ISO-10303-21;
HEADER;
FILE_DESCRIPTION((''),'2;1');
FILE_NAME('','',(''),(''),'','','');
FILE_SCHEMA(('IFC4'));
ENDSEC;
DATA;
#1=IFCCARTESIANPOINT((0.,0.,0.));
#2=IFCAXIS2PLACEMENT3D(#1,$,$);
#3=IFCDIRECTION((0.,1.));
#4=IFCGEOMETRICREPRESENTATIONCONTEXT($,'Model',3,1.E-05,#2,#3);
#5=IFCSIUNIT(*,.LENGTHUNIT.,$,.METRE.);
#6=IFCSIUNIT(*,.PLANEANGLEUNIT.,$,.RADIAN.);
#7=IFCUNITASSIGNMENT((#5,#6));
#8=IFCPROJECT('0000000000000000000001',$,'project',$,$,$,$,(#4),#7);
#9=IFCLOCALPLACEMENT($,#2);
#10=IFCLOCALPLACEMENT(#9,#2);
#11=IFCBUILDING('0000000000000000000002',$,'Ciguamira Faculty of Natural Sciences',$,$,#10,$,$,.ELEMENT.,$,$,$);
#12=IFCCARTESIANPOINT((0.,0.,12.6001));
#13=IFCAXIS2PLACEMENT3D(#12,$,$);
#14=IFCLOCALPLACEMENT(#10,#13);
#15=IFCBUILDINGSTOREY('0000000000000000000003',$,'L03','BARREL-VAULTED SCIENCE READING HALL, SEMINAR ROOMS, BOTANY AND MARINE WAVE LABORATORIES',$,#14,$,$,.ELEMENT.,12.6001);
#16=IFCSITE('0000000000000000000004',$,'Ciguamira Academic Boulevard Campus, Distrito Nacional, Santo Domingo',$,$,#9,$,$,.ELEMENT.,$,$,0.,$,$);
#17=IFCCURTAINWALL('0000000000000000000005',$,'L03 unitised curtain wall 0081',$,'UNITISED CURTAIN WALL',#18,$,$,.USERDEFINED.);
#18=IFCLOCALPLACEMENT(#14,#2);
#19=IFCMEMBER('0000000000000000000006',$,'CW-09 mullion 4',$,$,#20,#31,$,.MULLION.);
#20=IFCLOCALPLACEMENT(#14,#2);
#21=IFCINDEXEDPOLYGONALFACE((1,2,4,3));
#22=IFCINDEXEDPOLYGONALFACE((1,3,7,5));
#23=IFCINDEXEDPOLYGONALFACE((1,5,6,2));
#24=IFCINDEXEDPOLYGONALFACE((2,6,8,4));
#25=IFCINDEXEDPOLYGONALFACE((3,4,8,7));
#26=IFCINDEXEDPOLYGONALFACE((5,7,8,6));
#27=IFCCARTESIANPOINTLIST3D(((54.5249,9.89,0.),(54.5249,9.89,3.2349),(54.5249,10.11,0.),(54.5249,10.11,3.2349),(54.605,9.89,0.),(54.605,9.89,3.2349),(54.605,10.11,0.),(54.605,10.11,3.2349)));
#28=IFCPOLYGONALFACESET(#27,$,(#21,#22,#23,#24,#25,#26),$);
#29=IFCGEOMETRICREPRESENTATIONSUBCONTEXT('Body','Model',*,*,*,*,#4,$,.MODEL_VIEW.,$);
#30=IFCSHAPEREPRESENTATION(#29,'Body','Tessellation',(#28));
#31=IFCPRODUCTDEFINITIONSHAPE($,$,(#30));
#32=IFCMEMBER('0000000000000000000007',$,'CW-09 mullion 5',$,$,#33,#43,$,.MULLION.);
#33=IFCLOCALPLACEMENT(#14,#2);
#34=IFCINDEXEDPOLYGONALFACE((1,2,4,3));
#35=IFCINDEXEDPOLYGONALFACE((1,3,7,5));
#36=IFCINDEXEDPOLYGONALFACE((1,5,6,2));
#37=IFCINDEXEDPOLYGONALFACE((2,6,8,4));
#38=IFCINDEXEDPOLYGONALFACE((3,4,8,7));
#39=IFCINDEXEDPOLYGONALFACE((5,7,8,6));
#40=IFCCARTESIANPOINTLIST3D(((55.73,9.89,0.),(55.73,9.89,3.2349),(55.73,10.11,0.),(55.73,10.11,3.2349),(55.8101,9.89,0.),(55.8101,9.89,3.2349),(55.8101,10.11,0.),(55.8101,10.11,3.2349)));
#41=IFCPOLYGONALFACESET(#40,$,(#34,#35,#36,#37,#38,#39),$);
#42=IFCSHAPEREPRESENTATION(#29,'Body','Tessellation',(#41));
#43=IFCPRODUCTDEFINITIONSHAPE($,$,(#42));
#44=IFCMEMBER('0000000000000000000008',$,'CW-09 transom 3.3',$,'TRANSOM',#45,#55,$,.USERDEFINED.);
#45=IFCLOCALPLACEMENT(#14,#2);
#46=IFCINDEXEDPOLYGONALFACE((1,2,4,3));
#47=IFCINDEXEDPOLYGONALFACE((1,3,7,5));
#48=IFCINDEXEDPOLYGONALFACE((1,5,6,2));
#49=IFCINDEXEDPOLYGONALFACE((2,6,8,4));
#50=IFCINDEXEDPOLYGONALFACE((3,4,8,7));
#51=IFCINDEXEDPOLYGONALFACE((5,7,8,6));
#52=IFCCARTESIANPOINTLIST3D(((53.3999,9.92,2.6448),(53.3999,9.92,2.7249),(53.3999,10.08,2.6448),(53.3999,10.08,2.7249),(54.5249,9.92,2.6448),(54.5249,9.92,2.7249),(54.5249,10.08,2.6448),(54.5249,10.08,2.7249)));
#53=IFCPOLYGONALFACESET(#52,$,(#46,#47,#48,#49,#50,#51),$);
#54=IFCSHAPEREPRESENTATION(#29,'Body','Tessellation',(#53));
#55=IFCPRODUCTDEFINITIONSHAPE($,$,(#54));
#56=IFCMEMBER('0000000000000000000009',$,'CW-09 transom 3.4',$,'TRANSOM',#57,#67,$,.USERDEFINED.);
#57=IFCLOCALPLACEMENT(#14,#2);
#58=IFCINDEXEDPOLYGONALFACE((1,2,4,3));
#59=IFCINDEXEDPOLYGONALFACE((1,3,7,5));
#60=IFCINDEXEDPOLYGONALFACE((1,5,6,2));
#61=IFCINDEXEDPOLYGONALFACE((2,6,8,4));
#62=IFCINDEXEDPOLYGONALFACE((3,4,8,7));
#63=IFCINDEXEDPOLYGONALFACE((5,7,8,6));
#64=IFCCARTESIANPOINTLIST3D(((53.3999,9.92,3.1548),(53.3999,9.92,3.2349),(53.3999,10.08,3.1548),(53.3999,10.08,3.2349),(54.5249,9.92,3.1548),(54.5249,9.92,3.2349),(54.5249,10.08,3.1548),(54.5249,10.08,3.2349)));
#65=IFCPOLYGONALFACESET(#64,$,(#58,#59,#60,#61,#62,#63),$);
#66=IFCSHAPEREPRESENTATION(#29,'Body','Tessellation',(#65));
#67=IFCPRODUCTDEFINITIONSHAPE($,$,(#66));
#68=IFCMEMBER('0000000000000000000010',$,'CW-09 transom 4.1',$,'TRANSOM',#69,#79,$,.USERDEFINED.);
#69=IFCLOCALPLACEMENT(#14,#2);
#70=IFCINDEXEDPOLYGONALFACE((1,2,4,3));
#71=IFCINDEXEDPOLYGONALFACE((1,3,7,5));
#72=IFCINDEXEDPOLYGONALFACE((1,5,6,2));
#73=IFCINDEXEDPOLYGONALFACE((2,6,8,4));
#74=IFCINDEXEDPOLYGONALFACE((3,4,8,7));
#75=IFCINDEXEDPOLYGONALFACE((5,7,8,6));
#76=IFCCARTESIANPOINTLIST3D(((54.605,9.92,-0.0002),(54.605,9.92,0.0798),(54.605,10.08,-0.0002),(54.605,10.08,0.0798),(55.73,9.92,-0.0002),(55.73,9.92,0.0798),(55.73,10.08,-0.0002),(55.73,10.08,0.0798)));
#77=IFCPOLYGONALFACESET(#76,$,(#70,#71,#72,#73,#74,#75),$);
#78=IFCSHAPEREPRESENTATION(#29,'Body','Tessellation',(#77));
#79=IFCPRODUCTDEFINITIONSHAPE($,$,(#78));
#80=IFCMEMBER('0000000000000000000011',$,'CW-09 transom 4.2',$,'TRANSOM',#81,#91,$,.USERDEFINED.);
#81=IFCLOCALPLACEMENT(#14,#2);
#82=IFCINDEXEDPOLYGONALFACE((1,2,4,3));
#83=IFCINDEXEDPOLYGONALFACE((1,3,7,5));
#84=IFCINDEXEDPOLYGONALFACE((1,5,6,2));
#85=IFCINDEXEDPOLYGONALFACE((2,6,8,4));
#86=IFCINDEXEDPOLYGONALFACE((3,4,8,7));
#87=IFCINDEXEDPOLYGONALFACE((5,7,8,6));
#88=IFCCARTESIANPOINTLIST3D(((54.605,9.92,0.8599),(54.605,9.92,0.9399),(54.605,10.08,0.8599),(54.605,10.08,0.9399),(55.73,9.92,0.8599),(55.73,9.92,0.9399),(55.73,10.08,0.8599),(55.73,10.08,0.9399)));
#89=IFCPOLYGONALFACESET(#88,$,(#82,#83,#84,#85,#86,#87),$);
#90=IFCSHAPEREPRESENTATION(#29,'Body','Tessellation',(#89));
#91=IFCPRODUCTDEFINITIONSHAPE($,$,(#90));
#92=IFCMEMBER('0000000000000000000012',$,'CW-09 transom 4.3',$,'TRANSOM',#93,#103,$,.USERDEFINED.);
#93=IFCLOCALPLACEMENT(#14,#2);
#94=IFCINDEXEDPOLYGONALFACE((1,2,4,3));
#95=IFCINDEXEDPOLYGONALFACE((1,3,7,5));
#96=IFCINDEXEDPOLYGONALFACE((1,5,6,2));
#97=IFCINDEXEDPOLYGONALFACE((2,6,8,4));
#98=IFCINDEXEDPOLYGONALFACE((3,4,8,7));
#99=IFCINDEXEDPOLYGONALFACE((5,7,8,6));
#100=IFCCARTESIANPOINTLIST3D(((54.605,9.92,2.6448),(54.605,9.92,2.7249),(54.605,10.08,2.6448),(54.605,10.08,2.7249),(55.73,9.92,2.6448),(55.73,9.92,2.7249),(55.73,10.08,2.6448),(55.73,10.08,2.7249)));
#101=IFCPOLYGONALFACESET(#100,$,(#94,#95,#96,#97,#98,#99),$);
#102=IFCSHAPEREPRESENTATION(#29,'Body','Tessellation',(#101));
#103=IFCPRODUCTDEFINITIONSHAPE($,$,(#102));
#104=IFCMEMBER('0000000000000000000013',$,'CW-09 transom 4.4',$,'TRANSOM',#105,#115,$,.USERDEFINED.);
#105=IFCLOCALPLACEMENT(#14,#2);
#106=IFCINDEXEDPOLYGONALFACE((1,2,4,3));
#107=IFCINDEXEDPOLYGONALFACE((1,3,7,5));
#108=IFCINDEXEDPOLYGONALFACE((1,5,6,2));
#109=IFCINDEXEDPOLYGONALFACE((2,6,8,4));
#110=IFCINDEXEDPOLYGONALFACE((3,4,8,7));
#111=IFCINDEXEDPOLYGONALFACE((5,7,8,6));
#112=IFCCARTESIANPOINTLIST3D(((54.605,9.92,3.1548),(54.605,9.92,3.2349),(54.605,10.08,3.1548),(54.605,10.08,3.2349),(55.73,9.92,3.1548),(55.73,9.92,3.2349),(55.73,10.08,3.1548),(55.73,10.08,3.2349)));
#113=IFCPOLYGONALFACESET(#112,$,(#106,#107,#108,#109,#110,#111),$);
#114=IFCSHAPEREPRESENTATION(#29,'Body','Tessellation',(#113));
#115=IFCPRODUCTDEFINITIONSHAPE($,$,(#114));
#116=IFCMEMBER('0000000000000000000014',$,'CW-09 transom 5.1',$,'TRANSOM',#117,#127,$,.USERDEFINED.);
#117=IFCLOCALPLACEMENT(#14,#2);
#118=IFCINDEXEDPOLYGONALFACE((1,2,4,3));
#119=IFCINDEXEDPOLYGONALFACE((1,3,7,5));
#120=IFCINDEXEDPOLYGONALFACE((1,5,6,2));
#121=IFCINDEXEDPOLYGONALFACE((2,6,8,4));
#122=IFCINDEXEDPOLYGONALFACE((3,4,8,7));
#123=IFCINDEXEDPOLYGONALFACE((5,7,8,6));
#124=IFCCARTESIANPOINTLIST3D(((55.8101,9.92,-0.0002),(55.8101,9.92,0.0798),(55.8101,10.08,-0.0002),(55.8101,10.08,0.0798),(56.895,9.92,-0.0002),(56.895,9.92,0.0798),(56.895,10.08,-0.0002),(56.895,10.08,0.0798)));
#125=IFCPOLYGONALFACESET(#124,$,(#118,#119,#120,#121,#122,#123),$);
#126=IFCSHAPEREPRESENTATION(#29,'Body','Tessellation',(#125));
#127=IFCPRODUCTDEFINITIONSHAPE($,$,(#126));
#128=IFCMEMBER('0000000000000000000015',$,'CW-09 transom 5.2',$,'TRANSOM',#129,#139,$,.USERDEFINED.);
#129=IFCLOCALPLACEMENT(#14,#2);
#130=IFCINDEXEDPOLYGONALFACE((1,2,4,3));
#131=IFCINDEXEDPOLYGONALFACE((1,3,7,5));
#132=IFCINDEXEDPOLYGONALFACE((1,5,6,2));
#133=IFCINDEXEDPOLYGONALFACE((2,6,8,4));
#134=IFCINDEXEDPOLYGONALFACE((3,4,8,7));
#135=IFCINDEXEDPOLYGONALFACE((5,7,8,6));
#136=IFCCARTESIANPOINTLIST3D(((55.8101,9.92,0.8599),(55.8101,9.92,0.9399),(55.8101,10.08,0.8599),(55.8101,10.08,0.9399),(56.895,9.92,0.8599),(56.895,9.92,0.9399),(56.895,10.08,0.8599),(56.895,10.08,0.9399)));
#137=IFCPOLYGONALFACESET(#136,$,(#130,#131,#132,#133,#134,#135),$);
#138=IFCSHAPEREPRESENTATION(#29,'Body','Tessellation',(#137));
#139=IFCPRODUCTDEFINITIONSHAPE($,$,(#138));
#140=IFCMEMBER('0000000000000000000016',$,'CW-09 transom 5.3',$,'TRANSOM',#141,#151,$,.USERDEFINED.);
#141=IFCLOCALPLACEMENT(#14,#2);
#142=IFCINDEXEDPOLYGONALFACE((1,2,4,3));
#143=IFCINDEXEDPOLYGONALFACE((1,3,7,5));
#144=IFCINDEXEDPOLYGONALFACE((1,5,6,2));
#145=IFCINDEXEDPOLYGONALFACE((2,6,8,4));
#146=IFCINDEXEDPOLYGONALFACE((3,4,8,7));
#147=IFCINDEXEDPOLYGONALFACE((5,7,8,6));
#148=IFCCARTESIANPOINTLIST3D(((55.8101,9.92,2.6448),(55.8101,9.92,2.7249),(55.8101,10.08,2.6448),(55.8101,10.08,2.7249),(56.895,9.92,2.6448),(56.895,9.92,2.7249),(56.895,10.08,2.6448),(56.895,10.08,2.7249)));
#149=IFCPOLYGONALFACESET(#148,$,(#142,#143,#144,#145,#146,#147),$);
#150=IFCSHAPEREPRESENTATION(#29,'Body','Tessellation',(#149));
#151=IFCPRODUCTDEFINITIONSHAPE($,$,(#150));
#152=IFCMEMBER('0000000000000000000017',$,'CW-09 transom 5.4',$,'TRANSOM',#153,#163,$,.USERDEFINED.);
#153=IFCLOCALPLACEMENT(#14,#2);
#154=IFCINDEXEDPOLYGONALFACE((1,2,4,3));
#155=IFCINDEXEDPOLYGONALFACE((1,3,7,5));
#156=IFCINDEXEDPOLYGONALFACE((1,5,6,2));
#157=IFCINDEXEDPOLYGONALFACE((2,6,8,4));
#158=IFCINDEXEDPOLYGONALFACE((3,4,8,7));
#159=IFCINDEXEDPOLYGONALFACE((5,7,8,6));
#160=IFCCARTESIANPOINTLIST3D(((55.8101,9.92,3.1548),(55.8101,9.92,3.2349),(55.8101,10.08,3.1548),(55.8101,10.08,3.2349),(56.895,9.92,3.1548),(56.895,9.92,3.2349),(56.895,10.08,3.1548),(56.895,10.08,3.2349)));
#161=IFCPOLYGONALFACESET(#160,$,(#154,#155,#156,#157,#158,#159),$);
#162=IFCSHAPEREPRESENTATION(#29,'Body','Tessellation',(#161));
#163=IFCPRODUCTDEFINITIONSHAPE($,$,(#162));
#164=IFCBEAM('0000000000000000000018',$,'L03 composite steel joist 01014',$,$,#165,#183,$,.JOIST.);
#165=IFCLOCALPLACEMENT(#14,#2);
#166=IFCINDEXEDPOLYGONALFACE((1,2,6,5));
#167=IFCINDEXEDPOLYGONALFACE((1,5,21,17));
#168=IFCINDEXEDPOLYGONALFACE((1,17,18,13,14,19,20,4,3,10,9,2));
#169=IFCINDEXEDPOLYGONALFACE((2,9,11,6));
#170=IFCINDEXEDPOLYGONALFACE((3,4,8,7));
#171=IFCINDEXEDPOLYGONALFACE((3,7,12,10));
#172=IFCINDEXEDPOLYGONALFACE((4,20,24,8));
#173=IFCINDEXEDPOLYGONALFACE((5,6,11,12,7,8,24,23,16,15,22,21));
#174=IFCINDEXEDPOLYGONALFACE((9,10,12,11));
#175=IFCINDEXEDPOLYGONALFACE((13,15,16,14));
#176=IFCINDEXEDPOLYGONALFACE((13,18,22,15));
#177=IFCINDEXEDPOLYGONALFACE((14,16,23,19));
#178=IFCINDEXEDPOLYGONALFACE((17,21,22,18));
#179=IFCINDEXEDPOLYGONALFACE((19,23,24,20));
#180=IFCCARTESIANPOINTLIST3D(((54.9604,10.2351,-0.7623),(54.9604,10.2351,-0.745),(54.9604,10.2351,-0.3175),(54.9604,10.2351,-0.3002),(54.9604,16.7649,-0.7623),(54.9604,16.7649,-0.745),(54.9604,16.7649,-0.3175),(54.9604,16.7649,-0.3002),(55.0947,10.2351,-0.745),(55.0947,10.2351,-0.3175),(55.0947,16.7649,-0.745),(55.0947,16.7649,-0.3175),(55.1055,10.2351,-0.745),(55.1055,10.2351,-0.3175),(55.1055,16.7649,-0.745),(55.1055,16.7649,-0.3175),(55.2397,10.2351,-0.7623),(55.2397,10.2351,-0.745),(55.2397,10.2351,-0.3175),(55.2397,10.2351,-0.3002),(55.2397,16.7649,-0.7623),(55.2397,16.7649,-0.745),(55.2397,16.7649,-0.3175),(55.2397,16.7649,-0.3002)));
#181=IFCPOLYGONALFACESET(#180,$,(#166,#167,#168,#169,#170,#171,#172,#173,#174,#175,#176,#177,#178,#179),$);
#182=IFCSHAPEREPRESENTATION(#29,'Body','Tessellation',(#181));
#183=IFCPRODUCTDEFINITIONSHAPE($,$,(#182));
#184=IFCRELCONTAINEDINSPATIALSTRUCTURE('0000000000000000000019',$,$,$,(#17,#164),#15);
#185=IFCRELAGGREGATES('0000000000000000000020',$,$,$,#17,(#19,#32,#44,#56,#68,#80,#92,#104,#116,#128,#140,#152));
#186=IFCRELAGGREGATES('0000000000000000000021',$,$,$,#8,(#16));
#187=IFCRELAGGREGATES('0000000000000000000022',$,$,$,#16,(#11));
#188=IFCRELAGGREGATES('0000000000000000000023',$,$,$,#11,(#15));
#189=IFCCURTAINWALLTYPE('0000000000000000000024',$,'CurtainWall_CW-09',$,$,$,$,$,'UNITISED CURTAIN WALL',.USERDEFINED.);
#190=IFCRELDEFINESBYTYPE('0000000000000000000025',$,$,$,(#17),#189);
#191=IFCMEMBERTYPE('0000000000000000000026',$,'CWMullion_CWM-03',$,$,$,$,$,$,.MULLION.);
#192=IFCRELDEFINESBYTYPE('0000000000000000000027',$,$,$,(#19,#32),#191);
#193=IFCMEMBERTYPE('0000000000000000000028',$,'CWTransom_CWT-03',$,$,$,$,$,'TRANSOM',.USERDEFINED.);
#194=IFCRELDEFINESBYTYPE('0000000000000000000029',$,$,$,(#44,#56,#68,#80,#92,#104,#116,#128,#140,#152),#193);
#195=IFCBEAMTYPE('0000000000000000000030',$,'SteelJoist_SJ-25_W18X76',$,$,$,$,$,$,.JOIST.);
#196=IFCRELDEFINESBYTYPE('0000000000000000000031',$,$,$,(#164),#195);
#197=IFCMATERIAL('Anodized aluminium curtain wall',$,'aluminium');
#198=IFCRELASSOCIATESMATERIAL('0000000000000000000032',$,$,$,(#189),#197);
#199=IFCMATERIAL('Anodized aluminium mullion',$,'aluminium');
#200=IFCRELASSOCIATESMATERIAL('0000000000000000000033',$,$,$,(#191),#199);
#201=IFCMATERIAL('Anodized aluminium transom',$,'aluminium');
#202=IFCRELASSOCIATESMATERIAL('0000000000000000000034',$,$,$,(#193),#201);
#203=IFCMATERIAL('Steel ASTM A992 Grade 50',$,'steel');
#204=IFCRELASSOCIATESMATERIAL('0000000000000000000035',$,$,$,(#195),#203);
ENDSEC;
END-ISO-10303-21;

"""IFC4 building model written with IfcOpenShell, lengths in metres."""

from ifc_helpers import new_model, si_unit, direction, frame, origin, origin_2d, place, context, subcontext, project, spatial, rectangle, i_section, extrude, material, material_profile, profile_set, type_object, element, aggregate, save


model = new_model("IFC4")

# Units and contexts
model_context = context("Model", 3, precision=1e-05, world=origin(), true_north=direction((0.0, 1.0)))
body_context = subcontext(model_context, "Body", "Model", "MODEL_VIEW")
ifc_project = project(units=[si_unit("LENGTHUNIT", "METRE"), si_unit("PLANEANGLEUNIT", "RADIAN")], contexts=[model_context])

# Site, building, storey
site_placement = place(None, origin())
site = spatial("IfcSite", under=ifc_project, at=site_placement, Name="Ciguamira Academic Boulevard Campus, Distrito Nacional, Santo Domingo", CompositionType="ELEMENT", RefElevation=0.0)
building_placement = place(site_placement, origin())
building = spatial("IfcBuilding", under=site, at=building_placement, Name="Ciguamira Faculty of Natural Sciences", CompositionType="ELEMENT")
storey_placement = place(building_placement, frame((0.0, 0.0, 12.6001)))
storey = spatial("IfcBuildingStorey", under=building, at=storey_placement, Name="L03", Description="BARREL-VAULTED SCIENCE READING HALL, SEMINAR ROOMS, BOTANY AND MARINE WAVE LABORATORIES", CompositionType="ELEMENT", Elevation=12.6001)

# Curtain wall, members
ifc_material_1 = material(Name="Anodized aluminium curtain wall", Category="aluminium")
curtain_wall_type = type_object("IfcCurtainWallType", Name="CurtainWall_CW-09", ElementType="UNITISED CURTAIN WALL", PredefinedType="USERDEFINED", material=ifc_material_1)
curtain_wall_placement = place(storey_placement, origin())
curtain_wall = element("IfcCurtainWall", 1, at=curtain_wall_placement, inside=storey, type_object=curtain_wall_type, Name="L03 unitised curtain wall 0081", ObjectType="UNITISED CURTAIN WALL", PredefinedType="USERDEFINED")
ifc_material_2 = material(Name="Anodized aluminium mullion", Category="aluminium")
ifc_material_profile_1 = material_profile(ifc_material_2, rectangle(XDim=0.0801, YDim=0.22, at=origin_2d()), Name="ALU-MUL-80X220")
ifc_profile_set_1 = profile_set([ifc_material_profile_1], Name="Anodized aluminium mullion")
member_type_1 = type_object("IfcMemberType", Name="CWMullion_CWM-03", PredefinedType="MULLION", material=ifc_profile_set_1)
member_1_placement = place(storey_placement, frame((54.5649, 10.0, 0.0), z_axis=(0.0, 0.0, 1.0), x_axis=(1.0, 0.0, 0.0)))
member_1 = element("IfcMember", 2, at=member_1_placement, type_object=member_type_1, Name="CW-09 mullion 4", PredefinedType="MULLION", context=body_context, shape_type="SweptSolid", body=[
    extrude(rectangle(XDim=0.0801, YDim=0.22, at=origin_2d()), origin(), (0.0, 0.0, 1.0), 3.2349),
])
member_2_placement = place(storey_placement, frame((55.77, 10.0, 0.0), z_axis=(0.0, 0.0, 1.0), x_axis=(1.0, 0.0, 0.0)))
member_2 = element("IfcMember", 3, at=member_2_placement, type_object=member_type_1, Name="CW-09 mullion 5", PredefinedType="MULLION", context=body_context, shape_type="SweptSolid", body=[
    extrude(rectangle(XDim=0.0801, YDim=0.22, at=origin_2d()), origin(), (0.0, 0.0, 1.0), 3.2349),
])
ifc_material_3 = material(Name="Anodized aluminium transom", Category="aluminium")
ifc_material_profile_2 = material_profile(ifc_material_3, rectangle(XDim=0.0801, YDim=0.1599, at=origin_2d()), Name="ALU-TRN-80X160")
ifc_profile_set_2 = profile_set([ifc_material_profile_2], Name="Anodized aluminium transom")
member_type_2 = type_object("IfcMemberType", Name="CWTransom_CWT-03", ElementType="TRANSOM", PredefinedType="USERDEFINED", material=ifc_profile_set_2)
member_3_placement = place(storey_placement, frame((53.3999, 10.0, 2.6848), z_axis=(1.0, 0.0, 0.0), x_axis=(0.0, 0.0, 1.0)))
member_3 = element("IfcMember", 4, at=member_3_placement, type_object=member_type_2, Name="CW-09 transom 3.3", ObjectType="TRANSOM", PredefinedType="USERDEFINED", context=body_context, shape_type="SweptSolid", body=[
    extrude(rectangle(XDim=0.0801, YDim=0.1599, at=origin_2d()), origin(), (0.0, 0.0, 1.0), 1.125),
])
member_4_placement = place(storey_placement, frame((53.3999, 10.0, 3.1948), z_axis=(1.0, 0.0, 0.0), x_axis=(0.0, 0.0, 1.0)))
member_4 = element("IfcMember", 5, at=member_4_placement, type_object=member_type_2, Name="CW-09 transom 3.4", ObjectType="TRANSOM", PredefinedType="USERDEFINED", context=body_context, shape_type="SweptSolid", body=[
    extrude(rectangle(XDim=0.0801, YDim=0.1599, at=origin_2d()), origin(), (0.0, 0.0, 1.0), 1.125),
])
member_5_placement = place(storey_placement, frame((54.605, 10.0, 0.0398), z_axis=(1.0, 0.0, 0.0), x_axis=(0.0, 0.0, 1.0)))
member_5 = element("IfcMember", 6, at=member_5_placement, type_object=member_type_2, Name="CW-09 transom 4.1", ObjectType="TRANSOM", PredefinedType="USERDEFINED", context=body_context, shape_type="SweptSolid", body=[
    extrude(rectangle(XDim=0.0801, YDim=0.1599, at=origin_2d()), origin(), (0.0, 0.0, 1.0), 1.125),
])
member_6_placement = place(storey_placement, frame((54.605, 10.0, 0.8999), z_axis=(1.0, 0.0, 0.0), x_axis=(0.0, 0.0, 1.0)))
member_6 = element("IfcMember", 7, at=member_6_placement, type_object=member_type_2, Name="CW-09 transom 4.2", ObjectType="TRANSOM", PredefinedType="USERDEFINED", context=body_context, shape_type="SweptSolid", body=[
    extrude(rectangle(XDim=0.0801, YDim=0.1599, at=origin_2d()), origin(), (0.0, 0.0, 1.0), 1.125),
])
member_7_placement = place(storey_placement, frame((54.605, 10.0, 2.6848), z_axis=(1.0, 0.0, 0.0), x_axis=(0.0, 0.0, 1.0)))
member_7 = element("IfcMember", 8, at=member_7_placement, type_object=member_type_2, Name="CW-09 transom 4.3", ObjectType="TRANSOM", PredefinedType="USERDEFINED", context=body_context, shape_type="SweptSolid", body=[
    extrude(rectangle(XDim=0.0801, YDim=0.1599, at=origin_2d()), origin(), (0.0, 0.0, 1.0), 1.125),
])
member_8_placement = place(storey_placement, frame((54.605, 10.0, 3.1948), z_axis=(1.0, 0.0, 0.0), x_axis=(0.0, 0.0, 1.0)))
member_8 = element("IfcMember", 9, at=member_8_placement, type_object=member_type_2, Name="CW-09 transom 4.4", ObjectType="TRANSOM", PredefinedType="USERDEFINED", context=body_context, shape_type="SweptSolid", body=[
    extrude(rectangle(XDim=0.0801, YDim=0.1599, at=origin_2d()), origin(), (0.0, 0.0, 1.0), 1.125),
])
member_9_placement = place(storey_placement, frame((55.8101, 10.0, 0.0398), z_axis=(1.0, 0.0, 0.0), x_axis=(0.0, 0.0, 1.0)))
member_9 = element("IfcMember", 10, at=member_9_placement, type_object=member_type_2, Name="CW-09 transom 5.1", ObjectType="TRANSOM", PredefinedType="USERDEFINED", context=body_context, shape_type="SweptSolid", body=[
    extrude(rectangle(XDim=0.0801, YDim=0.1599, at=origin_2d()), origin(), (0.0, 0.0, 1.0), 1.085),
])
member_10_placement = place(storey_placement, frame((55.8101, 10.0, 0.8999), z_axis=(1.0, 0.0, 0.0), x_axis=(0.0, 0.0, 1.0)))
member_10 = element("IfcMember", 11, at=member_10_placement, type_object=member_type_2, Name="CW-09 transom 5.2", ObjectType="TRANSOM", PredefinedType="USERDEFINED", context=body_context, shape_type="SweptSolid", body=[
    extrude(rectangle(XDim=0.0801, YDim=0.1599, at=origin_2d()), origin(), (0.0, 0.0, 1.0), 1.085),
])
member_11_placement = place(storey_placement, frame((55.8101, 10.0, 2.6848), z_axis=(1.0, 0.0, 0.0), x_axis=(0.0, 0.0, 1.0)))
member_11 = element("IfcMember", 12, at=member_11_placement, type_object=member_type_2, Name="CW-09 transom 5.3", ObjectType="TRANSOM", PredefinedType="USERDEFINED", context=body_context, shape_type="SweptSolid", body=[
    extrude(rectangle(XDim=0.0801, YDim=0.1599, at=origin_2d()), origin(), (0.0, 0.0, 1.0), 1.085),
])
member_12_placement = place(storey_placement, frame((55.8101, 10.0, 3.1948), z_axis=(1.0, 0.0, 0.0), x_axis=(0.0, 0.0, 1.0)))
member_12 = element("IfcMember", 13, at=member_12_placement, type_object=member_type_2, Name="CW-09 transom 5.4", ObjectType="TRANSOM", PredefinedType="USERDEFINED", context=body_context, shape_type="SweptSolid", body=[
    extrude(rectangle(XDim=0.0801, YDim=0.1599, at=origin_2d()), origin(), (0.0, 0.0, 1.0), 1.085),
])

# Beam
ifc_material_4 = material(Name="Steel ASTM A992 Grade 50", Category="steel")
ifc_material_profile_3 = material_profile(ifc_material_4, i_section(OverallWidth=0.2793, OverallDepth=0.4622, WebThickness=0.0107, FlangeThickness=0.0173, at=origin_2d()), Name="W18X76")
ifc_profile_set_3 = profile_set([ifc_material_profile_3], Name="Steel ASTM A992 Grade 50")
beam_type = type_object("IfcBeamType", Name="SteelJoist_SJ-25_W18X76", PredefinedType="JOIST", material=ifc_profile_set_3)
beam_placement = place(storey_placement, frame((55.1001, 10.2351, -0.5312), z_axis=(0.0, 1.0, 0.0), x_axis=(-1.0, 0.0, 0.0)))
element("IfcBeam", 14, at=beam_placement, inside=storey, type_object=beam_type, Name="L03 composite steel joist 01014", PredefinedType="JOIST", context=body_context, shape_type="SweptSolid", body=[
    extrude(i_section(OverallWidth=0.2793, OverallDepth=0.4622, WebThickness=0.0107, FlangeThickness=0.0173, at=origin_2d()), origin(), (0.0, 0.0, 1.0), 6.5298),
])

aggregate(curtain_wall, [member_1, member_2, member_3, member_4, member_5, member_6, member_7, member_8, member_9, member_10, member_11, member_12])

save(model, "model.ifc")
